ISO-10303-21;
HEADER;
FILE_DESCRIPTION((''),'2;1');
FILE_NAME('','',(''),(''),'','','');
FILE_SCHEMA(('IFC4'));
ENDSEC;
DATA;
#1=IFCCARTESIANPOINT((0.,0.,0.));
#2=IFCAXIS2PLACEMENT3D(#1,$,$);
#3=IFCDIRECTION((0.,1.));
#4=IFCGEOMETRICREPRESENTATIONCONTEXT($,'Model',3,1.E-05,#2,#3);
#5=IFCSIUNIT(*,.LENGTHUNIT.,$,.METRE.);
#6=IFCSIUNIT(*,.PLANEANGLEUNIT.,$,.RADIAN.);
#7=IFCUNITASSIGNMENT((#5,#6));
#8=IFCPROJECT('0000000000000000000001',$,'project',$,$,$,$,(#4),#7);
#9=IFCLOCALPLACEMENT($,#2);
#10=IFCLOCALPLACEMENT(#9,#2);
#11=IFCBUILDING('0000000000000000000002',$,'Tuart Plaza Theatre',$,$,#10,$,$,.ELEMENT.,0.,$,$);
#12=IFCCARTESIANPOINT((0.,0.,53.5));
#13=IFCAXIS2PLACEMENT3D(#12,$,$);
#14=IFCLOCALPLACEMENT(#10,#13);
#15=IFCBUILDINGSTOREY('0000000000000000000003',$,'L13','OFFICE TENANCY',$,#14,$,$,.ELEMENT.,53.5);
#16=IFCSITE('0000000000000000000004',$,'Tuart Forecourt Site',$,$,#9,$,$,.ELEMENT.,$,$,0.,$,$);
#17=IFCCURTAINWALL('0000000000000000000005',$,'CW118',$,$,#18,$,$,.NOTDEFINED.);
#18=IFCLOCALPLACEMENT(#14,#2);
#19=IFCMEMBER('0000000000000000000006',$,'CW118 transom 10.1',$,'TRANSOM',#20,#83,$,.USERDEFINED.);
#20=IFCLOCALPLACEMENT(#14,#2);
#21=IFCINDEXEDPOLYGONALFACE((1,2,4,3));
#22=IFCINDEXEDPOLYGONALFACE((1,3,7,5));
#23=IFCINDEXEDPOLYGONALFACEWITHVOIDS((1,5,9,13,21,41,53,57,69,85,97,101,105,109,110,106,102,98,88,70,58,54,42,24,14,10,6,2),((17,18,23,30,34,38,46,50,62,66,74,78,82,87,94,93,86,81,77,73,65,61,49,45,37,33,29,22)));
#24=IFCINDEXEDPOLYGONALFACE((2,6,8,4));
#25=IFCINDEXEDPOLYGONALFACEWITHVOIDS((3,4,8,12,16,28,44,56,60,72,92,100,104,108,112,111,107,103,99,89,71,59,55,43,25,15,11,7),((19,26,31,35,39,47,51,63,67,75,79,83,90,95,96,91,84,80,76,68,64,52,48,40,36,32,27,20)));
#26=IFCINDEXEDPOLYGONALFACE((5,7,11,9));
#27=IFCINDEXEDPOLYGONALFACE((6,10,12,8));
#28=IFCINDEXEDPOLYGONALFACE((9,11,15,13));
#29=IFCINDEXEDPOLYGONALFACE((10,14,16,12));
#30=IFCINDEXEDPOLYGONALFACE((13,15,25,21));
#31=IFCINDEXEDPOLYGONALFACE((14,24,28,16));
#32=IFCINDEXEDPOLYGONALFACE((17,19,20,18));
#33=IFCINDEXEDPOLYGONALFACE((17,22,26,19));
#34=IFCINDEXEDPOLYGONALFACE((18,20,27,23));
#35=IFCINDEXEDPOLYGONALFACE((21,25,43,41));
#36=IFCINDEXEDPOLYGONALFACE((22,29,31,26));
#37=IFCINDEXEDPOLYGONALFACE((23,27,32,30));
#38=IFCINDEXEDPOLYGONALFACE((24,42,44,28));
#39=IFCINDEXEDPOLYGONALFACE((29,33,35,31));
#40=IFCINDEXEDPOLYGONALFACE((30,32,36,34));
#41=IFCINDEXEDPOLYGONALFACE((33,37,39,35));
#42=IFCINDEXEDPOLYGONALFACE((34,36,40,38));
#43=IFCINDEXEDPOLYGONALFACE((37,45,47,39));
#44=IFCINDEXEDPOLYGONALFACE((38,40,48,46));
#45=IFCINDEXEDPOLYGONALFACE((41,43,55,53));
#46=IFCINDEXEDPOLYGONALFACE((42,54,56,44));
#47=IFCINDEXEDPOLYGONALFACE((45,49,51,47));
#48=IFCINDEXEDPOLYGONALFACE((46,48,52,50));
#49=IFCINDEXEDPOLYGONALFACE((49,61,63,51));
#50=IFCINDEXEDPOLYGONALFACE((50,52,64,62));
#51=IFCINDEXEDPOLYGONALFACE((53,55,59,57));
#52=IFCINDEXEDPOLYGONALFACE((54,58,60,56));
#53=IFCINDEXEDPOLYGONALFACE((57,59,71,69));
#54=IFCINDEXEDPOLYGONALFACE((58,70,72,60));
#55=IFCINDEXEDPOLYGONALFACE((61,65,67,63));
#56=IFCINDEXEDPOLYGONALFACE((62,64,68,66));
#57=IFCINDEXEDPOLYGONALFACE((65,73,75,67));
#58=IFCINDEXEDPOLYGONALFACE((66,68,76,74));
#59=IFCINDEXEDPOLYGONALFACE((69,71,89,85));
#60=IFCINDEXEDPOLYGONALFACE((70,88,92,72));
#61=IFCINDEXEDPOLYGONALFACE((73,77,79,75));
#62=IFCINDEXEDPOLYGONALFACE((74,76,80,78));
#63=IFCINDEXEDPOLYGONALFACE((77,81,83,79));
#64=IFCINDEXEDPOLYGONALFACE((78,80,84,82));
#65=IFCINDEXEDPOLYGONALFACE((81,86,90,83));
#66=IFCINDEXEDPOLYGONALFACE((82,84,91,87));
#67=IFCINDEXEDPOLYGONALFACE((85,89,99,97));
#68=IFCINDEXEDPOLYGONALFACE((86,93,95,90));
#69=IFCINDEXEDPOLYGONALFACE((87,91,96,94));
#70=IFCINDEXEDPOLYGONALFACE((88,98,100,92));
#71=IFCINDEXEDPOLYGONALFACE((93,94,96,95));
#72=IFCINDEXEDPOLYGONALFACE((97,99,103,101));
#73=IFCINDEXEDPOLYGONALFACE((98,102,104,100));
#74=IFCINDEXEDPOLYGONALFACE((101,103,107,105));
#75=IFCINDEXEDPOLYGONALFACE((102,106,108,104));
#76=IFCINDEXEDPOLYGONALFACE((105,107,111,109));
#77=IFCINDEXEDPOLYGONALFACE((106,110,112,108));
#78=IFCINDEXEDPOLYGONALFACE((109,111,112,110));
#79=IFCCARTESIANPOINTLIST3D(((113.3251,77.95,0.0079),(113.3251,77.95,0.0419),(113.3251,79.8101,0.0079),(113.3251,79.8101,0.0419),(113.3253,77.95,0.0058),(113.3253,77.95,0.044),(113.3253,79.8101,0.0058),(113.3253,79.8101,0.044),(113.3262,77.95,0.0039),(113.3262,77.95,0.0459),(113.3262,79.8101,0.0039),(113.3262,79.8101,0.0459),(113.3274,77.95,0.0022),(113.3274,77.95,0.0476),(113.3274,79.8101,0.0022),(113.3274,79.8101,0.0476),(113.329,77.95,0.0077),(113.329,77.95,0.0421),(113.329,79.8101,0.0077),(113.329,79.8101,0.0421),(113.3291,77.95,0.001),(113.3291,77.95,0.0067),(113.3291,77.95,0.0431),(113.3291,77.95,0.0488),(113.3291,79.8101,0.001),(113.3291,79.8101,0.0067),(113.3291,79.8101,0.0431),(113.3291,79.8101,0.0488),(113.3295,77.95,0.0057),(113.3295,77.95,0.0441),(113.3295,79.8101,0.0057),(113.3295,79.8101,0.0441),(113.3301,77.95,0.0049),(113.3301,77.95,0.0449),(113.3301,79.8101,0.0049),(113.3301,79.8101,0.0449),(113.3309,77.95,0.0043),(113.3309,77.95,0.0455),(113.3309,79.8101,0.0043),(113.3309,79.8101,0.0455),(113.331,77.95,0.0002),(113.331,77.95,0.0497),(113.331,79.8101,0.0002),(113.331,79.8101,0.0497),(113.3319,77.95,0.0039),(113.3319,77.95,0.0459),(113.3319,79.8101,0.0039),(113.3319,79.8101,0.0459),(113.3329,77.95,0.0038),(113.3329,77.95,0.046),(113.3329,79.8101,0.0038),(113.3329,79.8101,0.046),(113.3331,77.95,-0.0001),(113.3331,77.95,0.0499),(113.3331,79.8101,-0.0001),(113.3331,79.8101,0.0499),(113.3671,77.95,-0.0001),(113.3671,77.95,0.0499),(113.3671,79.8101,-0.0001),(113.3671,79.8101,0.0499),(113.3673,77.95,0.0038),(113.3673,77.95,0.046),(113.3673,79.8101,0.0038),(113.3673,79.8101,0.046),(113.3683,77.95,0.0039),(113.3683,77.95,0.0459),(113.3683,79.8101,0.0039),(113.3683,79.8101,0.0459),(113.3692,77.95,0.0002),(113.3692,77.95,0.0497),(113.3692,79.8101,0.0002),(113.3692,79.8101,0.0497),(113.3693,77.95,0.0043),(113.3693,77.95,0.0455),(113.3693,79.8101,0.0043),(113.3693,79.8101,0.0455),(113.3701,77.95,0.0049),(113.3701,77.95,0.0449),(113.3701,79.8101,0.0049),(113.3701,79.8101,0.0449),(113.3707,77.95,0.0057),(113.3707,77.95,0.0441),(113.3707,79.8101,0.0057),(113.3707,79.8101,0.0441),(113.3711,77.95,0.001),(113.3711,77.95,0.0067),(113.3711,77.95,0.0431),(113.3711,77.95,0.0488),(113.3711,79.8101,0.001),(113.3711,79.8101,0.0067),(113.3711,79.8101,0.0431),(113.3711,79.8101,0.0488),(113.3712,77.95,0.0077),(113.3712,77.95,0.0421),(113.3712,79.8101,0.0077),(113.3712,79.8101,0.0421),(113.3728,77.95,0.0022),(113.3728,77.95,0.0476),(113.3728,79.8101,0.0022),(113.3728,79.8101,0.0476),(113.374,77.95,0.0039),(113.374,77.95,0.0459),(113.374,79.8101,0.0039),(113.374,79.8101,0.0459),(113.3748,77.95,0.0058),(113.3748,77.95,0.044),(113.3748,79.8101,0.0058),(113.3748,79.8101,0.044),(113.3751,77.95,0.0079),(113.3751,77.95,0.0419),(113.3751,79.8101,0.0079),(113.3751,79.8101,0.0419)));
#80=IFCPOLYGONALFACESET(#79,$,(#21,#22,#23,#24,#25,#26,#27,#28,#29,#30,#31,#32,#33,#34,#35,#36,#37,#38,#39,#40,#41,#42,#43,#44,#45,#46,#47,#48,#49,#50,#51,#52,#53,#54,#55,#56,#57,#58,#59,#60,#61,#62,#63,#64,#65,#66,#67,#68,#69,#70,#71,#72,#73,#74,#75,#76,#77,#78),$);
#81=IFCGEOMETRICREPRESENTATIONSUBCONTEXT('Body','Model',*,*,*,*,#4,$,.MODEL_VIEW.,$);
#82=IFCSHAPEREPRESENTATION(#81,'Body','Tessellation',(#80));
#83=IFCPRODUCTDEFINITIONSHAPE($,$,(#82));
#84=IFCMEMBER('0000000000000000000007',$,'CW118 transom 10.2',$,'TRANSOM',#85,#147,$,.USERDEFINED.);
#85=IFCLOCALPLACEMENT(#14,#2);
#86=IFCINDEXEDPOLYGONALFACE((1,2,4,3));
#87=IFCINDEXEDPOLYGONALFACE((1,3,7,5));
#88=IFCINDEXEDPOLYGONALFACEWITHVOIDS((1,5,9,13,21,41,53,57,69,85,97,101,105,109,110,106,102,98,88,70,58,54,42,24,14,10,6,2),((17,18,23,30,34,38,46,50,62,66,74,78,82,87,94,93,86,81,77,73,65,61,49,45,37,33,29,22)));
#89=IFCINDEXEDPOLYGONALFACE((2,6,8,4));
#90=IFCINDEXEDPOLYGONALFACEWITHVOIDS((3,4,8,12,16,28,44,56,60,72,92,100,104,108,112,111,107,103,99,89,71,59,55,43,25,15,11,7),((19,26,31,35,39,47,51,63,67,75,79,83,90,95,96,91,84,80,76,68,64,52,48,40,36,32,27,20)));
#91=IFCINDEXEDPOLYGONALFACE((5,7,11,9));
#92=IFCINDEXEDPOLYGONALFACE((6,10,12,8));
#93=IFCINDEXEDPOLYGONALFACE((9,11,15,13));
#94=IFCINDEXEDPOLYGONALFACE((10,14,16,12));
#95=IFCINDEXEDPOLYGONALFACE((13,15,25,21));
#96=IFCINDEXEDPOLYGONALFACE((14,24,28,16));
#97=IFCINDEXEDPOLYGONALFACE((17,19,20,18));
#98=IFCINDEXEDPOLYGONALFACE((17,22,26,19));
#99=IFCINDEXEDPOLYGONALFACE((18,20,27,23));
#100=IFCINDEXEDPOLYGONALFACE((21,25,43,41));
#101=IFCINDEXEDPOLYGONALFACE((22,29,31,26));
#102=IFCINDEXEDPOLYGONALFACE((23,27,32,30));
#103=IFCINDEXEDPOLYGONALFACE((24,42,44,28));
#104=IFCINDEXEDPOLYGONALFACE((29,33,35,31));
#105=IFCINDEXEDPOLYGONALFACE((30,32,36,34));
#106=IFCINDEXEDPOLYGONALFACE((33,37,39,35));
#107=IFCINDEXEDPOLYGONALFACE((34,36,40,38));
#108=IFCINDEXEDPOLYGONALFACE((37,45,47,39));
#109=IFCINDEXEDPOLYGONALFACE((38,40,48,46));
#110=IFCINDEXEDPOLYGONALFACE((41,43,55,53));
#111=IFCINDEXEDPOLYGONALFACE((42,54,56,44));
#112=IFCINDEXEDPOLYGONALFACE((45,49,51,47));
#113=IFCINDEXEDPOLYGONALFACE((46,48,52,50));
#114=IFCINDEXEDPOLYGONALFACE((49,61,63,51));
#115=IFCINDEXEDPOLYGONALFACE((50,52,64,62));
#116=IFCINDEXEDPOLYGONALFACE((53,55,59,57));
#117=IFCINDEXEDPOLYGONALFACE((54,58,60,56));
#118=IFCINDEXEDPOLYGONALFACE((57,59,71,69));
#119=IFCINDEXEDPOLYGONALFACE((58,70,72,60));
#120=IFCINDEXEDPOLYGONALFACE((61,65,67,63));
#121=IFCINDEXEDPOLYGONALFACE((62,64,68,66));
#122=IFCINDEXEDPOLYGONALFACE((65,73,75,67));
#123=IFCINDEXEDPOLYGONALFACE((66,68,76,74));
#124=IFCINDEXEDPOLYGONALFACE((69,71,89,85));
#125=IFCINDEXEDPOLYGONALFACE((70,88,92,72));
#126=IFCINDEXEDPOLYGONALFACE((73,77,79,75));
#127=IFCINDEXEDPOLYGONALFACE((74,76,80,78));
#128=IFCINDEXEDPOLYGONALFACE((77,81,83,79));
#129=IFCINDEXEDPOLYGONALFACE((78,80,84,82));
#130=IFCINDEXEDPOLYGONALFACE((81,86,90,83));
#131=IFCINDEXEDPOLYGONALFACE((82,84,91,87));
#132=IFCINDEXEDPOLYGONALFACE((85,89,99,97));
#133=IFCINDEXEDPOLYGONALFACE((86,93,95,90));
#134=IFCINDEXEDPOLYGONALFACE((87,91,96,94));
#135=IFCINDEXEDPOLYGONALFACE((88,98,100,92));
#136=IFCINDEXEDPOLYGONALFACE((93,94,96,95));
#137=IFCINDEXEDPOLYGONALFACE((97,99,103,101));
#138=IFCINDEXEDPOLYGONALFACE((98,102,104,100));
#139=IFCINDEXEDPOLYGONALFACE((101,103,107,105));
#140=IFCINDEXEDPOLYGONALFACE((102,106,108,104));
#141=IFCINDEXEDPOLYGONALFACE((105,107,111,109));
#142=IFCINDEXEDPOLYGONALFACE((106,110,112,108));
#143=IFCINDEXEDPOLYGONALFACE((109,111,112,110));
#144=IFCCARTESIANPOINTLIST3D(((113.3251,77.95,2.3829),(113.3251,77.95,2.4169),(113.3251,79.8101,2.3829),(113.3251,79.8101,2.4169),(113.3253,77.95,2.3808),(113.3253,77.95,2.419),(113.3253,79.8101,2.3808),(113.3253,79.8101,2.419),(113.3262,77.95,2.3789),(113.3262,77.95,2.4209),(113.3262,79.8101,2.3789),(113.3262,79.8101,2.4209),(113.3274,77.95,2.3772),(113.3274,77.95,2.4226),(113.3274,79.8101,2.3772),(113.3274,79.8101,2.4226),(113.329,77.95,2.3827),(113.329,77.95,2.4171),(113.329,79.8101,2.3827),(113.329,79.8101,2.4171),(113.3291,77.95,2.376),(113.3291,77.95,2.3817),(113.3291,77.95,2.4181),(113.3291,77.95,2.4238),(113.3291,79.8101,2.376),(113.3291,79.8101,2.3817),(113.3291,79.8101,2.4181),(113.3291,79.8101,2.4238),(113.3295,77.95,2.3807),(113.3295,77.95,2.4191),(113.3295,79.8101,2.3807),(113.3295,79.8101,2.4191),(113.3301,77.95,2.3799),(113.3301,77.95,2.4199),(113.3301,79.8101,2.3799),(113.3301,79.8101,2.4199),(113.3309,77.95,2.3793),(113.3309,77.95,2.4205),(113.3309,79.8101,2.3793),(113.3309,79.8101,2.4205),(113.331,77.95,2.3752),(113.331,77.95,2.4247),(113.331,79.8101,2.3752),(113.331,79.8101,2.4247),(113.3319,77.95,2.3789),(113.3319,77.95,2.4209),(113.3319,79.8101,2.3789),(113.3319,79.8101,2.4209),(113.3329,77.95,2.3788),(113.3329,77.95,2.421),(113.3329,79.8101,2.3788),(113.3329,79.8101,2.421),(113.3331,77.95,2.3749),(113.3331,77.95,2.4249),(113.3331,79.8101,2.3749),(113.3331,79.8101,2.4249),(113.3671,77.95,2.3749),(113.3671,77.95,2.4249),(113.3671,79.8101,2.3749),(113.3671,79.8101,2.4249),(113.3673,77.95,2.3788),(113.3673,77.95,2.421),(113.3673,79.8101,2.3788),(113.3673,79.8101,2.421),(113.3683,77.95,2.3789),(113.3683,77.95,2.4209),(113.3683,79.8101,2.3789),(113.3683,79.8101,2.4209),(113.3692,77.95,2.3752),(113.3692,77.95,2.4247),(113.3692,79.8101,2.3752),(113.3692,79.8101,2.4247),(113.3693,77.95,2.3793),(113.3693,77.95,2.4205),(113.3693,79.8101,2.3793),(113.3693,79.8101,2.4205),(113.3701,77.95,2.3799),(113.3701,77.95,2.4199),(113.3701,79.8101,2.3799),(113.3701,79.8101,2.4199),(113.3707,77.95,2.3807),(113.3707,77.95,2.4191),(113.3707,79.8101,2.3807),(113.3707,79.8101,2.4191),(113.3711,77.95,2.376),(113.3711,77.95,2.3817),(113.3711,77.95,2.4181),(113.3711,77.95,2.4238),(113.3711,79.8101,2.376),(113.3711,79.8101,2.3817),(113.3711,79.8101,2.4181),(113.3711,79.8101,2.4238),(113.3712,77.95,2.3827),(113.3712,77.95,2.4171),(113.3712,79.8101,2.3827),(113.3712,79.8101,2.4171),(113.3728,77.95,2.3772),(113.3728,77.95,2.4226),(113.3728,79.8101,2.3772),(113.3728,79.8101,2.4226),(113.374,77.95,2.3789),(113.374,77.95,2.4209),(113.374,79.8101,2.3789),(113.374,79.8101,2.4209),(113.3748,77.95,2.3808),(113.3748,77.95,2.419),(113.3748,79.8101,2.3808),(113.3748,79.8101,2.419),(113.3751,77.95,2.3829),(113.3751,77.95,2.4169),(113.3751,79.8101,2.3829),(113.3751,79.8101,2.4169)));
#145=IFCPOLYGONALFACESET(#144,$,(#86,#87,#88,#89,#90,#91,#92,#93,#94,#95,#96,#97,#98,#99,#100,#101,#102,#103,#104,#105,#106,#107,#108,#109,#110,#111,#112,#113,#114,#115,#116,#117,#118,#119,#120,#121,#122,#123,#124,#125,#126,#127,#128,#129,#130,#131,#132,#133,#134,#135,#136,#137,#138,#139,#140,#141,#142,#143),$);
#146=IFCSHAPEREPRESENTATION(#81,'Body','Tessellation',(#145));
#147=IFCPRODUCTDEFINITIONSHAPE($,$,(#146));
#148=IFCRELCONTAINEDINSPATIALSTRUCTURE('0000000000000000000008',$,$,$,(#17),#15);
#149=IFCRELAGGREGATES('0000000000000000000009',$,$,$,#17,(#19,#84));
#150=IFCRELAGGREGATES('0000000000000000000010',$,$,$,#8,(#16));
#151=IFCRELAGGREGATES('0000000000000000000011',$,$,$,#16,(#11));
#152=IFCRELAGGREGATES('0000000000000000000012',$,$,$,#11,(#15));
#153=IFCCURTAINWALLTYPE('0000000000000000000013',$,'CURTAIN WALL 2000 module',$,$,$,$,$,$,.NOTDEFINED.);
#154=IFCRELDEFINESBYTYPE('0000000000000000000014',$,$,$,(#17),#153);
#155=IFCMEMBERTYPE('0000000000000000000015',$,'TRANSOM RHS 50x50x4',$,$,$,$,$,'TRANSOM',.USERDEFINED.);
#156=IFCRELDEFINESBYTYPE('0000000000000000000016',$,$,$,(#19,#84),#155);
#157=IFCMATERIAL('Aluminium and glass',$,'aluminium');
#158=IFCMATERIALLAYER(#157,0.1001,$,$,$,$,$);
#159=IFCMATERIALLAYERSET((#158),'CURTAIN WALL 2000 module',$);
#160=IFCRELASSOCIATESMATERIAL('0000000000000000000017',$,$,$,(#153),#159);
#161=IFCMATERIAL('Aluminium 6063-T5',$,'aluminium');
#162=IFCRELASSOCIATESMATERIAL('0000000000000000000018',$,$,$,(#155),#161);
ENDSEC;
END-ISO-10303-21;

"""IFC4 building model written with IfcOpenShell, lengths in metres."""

from ifc_helpers import new_model, si_unit, direction, frame, origin, origin_2d, place, context, subcontext, project, spatial, hollow_rectangle, extrude, material, layer, layer_set, material_profile, profile_set, type_object, element, aggregate, save


model = new_model("IFC4")

# Units and contexts
model_context = context("Model", 3, precision=1e-05, world=origin(), true_north=direction((0.0, 1.0)))
body_context = subcontext(model_context, "Body", "Model", "MODEL_VIEW")
ifc_project = project(units=[si_unit("LENGTHUNIT", "METRE"), si_unit("PLANEANGLEUNIT", "RADIAN")], contexts=[model_context])

# Site, building, storey
site_placement = place(None, origin())
site = spatial("IfcSite", under=ifc_project, at=site_placement, Name="Tuart Forecourt Site", CompositionType="ELEMENT", RefElevation=0.0)
building_placement = place(site_placement, origin())
building = spatial("IfcBuilding", under=site, at=building_placement, Name="Tuart Plaza Theatre", CompositionType="ELEMENT", ElevationOfRefHeight=0.0)
storey_placement = place(building_placement, frame((0.0, 0.0, 53.5)))
storey = spatial("IfcBuildingStorey", under=building, at=storey_placement, Name="L13", Description="OFFICE TENANCY", CompositionType="ELEMENT", Elevation=53.5)

# Curtain wall, members
ifc_material_1 = material(Name="Aluminium and glass", Category="aluminium")
ifc_layer_1 = layer(ifc_material_1, 0.1001)
ifc_layer_set_1 = layer_set([ifc_layer_1], Name="CURTAIN WALL 2000 module")
curtain_wall_type = type_object("IfcCurtainWallType", Name="CURTAIN WALL 2000 module", PredefinedType="NOTDEFINED", material=ifc_layer_set_1)
curtain_wall_1_placement = place(storey_placement, origin())
curtain_wall_1 = element("IfcCurtainWall", 1, at=curtain_wall_1_placement, inside=storey, type_object=curtain_wall_type, Name="CW118", PredefinedType="NOTDEFINED")
ifc_material_2 = material(Name="Aluminium 6063-T5", Category="aluminium")
ifc_material_profile_1 = material_profile(ifc_material_2, hollow_rectangle(XDim=0.05, YDim=0.05, WallThickness=0.0039, InnerFilletRadius=0.0039, OuterFilletRadius=0.0081, at=origin_2d()), Name="RHS 50x50x4")
ifc_profile_set_1 = profile_set([ifc_material_profile_1], Name="Aluminium 6063-T5")
member_type_1 = type_object("IfcMemberType", Name="TRANSOM RHS 50x50x4", ElementType="TRANSOM", PredefinedType="USERDEFINED", material=ifc_profile_set_1)
member_1_placement = place(storey_placement, frame((113.3501, 79.8101, 0.0249), z_axis=(0.0, -1.0, 0.0), x_axis=(1.0, 0.0, 0.0)))
member_1 = element("IfcMember", 2, at=member_1_placement, type_object=member_type_1, Name="CW118 transom 10.1", ObjectType="TRANSOM", PredefinedType="USERDEFINED", context=body_context, shape_type="SweptSolid", body=[
    extrude(hollow_rectangle(XDim=0.05, YDim=0.05, WallThickness=0.0039, InnerFilletRadius=0.0039, OuterFilletRadius=0.0081, at=origin_2d()), origin(), (0.0, 0.0, 1.0), 1.8601),
])
member_2_placement = place(storey_placement, frame((113.3501, 79.8101, 2.3999), z_axis=(0.0, -1.0, 0.0), x_axis=(1.0, 0.0, 0.0)))
member_2 = element("IfcMember", 3, at=member_2_placement, type_object=member_type_1, Name="CW118 transom 10.2", ObjectType="TRANSOM", PredefinedType="USERDEFINED", context=body_context, shape_type="SweptSolid", body=[
    extrude(hollow_rectangle(XDim=0.05, YDim=0.05, WallThickness=0.0039, InnerFilletRadius=0.0039, OuterFilletRadius=0.0081, at=origin_2d()), origin(), (0.0, 0.0, 1.0), 1.8601),
])

aggregate(curtain_wall_1, [member_1, member_2])

save(model, "model.ifc")
